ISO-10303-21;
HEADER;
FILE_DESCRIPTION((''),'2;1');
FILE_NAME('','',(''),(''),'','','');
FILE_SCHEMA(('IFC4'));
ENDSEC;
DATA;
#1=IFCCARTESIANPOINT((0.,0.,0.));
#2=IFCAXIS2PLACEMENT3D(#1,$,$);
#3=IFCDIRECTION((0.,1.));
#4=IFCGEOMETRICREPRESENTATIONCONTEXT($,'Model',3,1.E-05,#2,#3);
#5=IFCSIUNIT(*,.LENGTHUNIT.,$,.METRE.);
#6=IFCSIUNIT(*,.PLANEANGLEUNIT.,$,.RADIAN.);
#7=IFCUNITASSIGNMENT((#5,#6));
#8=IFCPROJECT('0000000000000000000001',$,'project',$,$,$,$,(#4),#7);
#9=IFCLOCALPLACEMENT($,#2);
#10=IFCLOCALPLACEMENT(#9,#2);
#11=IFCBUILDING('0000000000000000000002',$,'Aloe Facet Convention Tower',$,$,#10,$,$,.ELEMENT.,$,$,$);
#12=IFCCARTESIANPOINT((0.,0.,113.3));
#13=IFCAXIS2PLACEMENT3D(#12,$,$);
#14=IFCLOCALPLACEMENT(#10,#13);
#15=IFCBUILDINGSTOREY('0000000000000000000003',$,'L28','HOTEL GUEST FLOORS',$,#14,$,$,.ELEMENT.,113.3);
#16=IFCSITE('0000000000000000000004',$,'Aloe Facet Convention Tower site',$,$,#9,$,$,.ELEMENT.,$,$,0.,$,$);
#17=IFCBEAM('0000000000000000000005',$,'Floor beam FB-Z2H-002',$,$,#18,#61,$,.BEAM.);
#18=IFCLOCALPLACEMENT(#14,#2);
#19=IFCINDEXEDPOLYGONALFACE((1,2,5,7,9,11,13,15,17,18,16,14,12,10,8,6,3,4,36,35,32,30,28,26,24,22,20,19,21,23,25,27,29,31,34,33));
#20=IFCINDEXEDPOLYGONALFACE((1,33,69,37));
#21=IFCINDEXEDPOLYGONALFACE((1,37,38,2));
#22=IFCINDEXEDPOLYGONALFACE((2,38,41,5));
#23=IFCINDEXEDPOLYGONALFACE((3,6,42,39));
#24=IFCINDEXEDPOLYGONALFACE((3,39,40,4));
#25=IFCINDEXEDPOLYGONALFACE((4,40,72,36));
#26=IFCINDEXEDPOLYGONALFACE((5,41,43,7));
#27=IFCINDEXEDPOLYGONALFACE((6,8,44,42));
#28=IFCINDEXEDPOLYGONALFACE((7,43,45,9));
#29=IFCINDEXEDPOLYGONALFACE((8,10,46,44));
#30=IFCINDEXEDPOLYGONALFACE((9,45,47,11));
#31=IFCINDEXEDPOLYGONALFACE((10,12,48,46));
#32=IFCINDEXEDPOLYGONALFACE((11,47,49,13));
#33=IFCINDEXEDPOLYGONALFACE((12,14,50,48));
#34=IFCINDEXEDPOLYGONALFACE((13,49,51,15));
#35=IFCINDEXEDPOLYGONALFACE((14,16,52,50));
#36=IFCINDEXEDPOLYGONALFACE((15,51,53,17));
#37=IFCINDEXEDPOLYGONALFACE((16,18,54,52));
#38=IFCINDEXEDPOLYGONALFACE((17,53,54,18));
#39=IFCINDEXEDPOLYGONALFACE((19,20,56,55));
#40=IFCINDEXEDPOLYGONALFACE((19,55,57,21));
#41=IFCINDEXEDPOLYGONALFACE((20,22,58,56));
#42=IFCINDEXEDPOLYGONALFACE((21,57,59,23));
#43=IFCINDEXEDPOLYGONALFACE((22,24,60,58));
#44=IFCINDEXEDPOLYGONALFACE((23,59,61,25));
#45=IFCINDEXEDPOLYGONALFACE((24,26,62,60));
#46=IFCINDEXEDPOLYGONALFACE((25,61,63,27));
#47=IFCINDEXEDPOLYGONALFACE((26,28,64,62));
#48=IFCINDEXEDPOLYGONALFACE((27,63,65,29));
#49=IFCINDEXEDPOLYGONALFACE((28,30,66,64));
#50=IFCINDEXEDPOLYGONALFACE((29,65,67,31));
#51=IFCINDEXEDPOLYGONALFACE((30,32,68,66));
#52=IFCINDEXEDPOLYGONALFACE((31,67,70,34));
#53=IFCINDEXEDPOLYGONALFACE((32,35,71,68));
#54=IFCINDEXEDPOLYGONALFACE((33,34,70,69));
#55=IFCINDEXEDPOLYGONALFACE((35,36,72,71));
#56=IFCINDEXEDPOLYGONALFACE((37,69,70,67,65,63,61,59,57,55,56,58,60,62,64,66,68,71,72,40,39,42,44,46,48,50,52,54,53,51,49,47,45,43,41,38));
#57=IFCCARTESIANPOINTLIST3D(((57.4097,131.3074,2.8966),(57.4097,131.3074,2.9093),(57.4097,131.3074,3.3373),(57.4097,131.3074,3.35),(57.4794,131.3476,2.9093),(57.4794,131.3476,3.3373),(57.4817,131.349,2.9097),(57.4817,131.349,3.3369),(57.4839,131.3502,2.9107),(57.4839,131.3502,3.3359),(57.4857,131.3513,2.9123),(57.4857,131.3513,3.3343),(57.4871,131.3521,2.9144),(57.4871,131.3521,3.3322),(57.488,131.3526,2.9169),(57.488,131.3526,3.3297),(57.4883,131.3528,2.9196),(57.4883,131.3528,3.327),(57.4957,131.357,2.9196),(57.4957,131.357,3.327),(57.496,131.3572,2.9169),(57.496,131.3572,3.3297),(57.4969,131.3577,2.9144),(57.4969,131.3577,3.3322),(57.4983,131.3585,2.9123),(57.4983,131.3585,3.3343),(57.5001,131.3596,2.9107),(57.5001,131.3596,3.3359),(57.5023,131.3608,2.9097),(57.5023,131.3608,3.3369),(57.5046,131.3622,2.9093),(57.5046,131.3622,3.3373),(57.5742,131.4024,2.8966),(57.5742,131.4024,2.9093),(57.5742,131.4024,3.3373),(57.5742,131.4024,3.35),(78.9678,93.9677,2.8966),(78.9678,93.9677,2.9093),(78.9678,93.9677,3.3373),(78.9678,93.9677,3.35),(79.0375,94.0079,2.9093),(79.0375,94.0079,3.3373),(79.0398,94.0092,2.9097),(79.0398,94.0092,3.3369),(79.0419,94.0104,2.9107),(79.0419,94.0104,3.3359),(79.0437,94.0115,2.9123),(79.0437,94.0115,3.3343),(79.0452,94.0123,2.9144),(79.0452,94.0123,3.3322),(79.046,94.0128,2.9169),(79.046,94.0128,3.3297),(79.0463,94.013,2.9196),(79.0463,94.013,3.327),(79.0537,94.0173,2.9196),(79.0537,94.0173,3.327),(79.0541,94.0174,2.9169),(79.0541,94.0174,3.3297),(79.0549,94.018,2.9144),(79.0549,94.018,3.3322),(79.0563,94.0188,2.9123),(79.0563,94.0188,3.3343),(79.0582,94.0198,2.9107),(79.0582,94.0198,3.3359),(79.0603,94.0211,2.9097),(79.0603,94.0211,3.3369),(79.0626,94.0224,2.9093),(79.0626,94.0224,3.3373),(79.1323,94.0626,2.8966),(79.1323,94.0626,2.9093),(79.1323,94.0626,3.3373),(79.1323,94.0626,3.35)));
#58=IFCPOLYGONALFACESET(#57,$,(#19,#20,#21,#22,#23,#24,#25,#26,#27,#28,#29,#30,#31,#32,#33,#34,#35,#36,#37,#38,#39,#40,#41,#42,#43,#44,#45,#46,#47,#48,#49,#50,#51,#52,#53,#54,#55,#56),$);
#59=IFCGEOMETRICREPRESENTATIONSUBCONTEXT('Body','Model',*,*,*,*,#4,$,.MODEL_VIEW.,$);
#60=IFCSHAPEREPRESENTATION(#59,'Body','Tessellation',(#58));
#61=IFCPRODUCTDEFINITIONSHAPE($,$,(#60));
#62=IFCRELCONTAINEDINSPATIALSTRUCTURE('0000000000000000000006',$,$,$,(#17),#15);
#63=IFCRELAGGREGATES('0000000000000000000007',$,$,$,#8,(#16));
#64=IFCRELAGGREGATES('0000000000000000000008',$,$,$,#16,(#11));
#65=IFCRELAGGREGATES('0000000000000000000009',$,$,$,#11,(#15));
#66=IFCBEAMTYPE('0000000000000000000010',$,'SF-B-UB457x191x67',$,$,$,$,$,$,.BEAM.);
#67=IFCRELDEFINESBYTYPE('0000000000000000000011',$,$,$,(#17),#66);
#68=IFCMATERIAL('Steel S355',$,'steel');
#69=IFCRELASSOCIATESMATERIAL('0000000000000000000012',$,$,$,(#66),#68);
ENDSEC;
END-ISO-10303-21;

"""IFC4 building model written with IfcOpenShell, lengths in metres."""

from ifc_helpers import new_model, si_unit, direction, frame, origin, origin_2d, place, context, subcontext, project, spatial, i_section, extrude, material, material_profile, profile_set, type_object, element, save


model = new_model("IFC4")

# Units and contexts
model_context = context("Model", 3, precision=1e-05, world=origin(), true_north=direction((0.0, 1.0)))
body_context = subcontext(model_context, "Body", "Model", "MODEL_VIEW")
ifc_project = project(units=[si_unit("LENGTHUNIT", "METRE"), si_unit("PLANEANGLEUNIT", "RADIAN")], contexts=[model_context])

# Site, building, storey
site_placement = place(None, origin())
site = spatial("IfcSite", under=ifc_project, at=site_placement, Name="Aloe Facet Convention Tower site", CompositionType="ELEMENT", RefElevation=0.0)
building_placement = place(site_placement, origin())
building = spatial("IfcBuilding", under=site, at=building_placement, Name="Aloe Facet Convention Tower", CompositionType="ELEMENT")
storey_placement = place(building_placement, frame((0.0, 0.0, 113.3)))
storey = spatial("IfcBuildingStorey", under=building, at=storey_placement, Name="L28", Description="HOTEL GUEST FLOORS", CompositionType="ELEMENT", Elevation=113.3)

# Beam
ifc_material_1 = material(Name="Steel S355", Category="steel")
ifc_material_profile_1 = material_profile(ifc_material_1, i_section(OverallWidth=0.1899, OverallDepth=0.4534, WebThickness=0.0085, FlangeThickness=0.0127, FilletRadius=0.0103, at=origin_2d()), Name="UB 457x191x67")
ifc_profile_set_1 = profile_set([ifc_material_profile_1], Name="Steel S355")
beam_type_1 = type_object("IfcBeamType", Name="SF-B-UB457x191x67", PredefinedType="BEAM", material=ifc_profile_set_1)
beam_1_placement = place(storey_placement, frame((79.05, 94.0151, 3.1233), z_axis=(-0.499999, 0.866026, 0.0), x_axis=(-0.866026, -0.499999, 0.0)))
element("IfcBeam", 1, at=beam_1_placement, inside=storey, type_object=beam_type_1, Name="Floor beam FB-Z2H-002", PredefinedType="BEAM", context=body_context, shape_type="SweptSolid", body=[
    extrude(i_section(OverallWidth=0.1899, OverallDepth=0.4534, WebThickness=0.0085, FlangeThickness=0.0127, FilletRadius=0.0103, at=origin_2d()), origin(), (0.0, 0.0, 1.0), 43.1162),
])

save(model, "model.ifc")
